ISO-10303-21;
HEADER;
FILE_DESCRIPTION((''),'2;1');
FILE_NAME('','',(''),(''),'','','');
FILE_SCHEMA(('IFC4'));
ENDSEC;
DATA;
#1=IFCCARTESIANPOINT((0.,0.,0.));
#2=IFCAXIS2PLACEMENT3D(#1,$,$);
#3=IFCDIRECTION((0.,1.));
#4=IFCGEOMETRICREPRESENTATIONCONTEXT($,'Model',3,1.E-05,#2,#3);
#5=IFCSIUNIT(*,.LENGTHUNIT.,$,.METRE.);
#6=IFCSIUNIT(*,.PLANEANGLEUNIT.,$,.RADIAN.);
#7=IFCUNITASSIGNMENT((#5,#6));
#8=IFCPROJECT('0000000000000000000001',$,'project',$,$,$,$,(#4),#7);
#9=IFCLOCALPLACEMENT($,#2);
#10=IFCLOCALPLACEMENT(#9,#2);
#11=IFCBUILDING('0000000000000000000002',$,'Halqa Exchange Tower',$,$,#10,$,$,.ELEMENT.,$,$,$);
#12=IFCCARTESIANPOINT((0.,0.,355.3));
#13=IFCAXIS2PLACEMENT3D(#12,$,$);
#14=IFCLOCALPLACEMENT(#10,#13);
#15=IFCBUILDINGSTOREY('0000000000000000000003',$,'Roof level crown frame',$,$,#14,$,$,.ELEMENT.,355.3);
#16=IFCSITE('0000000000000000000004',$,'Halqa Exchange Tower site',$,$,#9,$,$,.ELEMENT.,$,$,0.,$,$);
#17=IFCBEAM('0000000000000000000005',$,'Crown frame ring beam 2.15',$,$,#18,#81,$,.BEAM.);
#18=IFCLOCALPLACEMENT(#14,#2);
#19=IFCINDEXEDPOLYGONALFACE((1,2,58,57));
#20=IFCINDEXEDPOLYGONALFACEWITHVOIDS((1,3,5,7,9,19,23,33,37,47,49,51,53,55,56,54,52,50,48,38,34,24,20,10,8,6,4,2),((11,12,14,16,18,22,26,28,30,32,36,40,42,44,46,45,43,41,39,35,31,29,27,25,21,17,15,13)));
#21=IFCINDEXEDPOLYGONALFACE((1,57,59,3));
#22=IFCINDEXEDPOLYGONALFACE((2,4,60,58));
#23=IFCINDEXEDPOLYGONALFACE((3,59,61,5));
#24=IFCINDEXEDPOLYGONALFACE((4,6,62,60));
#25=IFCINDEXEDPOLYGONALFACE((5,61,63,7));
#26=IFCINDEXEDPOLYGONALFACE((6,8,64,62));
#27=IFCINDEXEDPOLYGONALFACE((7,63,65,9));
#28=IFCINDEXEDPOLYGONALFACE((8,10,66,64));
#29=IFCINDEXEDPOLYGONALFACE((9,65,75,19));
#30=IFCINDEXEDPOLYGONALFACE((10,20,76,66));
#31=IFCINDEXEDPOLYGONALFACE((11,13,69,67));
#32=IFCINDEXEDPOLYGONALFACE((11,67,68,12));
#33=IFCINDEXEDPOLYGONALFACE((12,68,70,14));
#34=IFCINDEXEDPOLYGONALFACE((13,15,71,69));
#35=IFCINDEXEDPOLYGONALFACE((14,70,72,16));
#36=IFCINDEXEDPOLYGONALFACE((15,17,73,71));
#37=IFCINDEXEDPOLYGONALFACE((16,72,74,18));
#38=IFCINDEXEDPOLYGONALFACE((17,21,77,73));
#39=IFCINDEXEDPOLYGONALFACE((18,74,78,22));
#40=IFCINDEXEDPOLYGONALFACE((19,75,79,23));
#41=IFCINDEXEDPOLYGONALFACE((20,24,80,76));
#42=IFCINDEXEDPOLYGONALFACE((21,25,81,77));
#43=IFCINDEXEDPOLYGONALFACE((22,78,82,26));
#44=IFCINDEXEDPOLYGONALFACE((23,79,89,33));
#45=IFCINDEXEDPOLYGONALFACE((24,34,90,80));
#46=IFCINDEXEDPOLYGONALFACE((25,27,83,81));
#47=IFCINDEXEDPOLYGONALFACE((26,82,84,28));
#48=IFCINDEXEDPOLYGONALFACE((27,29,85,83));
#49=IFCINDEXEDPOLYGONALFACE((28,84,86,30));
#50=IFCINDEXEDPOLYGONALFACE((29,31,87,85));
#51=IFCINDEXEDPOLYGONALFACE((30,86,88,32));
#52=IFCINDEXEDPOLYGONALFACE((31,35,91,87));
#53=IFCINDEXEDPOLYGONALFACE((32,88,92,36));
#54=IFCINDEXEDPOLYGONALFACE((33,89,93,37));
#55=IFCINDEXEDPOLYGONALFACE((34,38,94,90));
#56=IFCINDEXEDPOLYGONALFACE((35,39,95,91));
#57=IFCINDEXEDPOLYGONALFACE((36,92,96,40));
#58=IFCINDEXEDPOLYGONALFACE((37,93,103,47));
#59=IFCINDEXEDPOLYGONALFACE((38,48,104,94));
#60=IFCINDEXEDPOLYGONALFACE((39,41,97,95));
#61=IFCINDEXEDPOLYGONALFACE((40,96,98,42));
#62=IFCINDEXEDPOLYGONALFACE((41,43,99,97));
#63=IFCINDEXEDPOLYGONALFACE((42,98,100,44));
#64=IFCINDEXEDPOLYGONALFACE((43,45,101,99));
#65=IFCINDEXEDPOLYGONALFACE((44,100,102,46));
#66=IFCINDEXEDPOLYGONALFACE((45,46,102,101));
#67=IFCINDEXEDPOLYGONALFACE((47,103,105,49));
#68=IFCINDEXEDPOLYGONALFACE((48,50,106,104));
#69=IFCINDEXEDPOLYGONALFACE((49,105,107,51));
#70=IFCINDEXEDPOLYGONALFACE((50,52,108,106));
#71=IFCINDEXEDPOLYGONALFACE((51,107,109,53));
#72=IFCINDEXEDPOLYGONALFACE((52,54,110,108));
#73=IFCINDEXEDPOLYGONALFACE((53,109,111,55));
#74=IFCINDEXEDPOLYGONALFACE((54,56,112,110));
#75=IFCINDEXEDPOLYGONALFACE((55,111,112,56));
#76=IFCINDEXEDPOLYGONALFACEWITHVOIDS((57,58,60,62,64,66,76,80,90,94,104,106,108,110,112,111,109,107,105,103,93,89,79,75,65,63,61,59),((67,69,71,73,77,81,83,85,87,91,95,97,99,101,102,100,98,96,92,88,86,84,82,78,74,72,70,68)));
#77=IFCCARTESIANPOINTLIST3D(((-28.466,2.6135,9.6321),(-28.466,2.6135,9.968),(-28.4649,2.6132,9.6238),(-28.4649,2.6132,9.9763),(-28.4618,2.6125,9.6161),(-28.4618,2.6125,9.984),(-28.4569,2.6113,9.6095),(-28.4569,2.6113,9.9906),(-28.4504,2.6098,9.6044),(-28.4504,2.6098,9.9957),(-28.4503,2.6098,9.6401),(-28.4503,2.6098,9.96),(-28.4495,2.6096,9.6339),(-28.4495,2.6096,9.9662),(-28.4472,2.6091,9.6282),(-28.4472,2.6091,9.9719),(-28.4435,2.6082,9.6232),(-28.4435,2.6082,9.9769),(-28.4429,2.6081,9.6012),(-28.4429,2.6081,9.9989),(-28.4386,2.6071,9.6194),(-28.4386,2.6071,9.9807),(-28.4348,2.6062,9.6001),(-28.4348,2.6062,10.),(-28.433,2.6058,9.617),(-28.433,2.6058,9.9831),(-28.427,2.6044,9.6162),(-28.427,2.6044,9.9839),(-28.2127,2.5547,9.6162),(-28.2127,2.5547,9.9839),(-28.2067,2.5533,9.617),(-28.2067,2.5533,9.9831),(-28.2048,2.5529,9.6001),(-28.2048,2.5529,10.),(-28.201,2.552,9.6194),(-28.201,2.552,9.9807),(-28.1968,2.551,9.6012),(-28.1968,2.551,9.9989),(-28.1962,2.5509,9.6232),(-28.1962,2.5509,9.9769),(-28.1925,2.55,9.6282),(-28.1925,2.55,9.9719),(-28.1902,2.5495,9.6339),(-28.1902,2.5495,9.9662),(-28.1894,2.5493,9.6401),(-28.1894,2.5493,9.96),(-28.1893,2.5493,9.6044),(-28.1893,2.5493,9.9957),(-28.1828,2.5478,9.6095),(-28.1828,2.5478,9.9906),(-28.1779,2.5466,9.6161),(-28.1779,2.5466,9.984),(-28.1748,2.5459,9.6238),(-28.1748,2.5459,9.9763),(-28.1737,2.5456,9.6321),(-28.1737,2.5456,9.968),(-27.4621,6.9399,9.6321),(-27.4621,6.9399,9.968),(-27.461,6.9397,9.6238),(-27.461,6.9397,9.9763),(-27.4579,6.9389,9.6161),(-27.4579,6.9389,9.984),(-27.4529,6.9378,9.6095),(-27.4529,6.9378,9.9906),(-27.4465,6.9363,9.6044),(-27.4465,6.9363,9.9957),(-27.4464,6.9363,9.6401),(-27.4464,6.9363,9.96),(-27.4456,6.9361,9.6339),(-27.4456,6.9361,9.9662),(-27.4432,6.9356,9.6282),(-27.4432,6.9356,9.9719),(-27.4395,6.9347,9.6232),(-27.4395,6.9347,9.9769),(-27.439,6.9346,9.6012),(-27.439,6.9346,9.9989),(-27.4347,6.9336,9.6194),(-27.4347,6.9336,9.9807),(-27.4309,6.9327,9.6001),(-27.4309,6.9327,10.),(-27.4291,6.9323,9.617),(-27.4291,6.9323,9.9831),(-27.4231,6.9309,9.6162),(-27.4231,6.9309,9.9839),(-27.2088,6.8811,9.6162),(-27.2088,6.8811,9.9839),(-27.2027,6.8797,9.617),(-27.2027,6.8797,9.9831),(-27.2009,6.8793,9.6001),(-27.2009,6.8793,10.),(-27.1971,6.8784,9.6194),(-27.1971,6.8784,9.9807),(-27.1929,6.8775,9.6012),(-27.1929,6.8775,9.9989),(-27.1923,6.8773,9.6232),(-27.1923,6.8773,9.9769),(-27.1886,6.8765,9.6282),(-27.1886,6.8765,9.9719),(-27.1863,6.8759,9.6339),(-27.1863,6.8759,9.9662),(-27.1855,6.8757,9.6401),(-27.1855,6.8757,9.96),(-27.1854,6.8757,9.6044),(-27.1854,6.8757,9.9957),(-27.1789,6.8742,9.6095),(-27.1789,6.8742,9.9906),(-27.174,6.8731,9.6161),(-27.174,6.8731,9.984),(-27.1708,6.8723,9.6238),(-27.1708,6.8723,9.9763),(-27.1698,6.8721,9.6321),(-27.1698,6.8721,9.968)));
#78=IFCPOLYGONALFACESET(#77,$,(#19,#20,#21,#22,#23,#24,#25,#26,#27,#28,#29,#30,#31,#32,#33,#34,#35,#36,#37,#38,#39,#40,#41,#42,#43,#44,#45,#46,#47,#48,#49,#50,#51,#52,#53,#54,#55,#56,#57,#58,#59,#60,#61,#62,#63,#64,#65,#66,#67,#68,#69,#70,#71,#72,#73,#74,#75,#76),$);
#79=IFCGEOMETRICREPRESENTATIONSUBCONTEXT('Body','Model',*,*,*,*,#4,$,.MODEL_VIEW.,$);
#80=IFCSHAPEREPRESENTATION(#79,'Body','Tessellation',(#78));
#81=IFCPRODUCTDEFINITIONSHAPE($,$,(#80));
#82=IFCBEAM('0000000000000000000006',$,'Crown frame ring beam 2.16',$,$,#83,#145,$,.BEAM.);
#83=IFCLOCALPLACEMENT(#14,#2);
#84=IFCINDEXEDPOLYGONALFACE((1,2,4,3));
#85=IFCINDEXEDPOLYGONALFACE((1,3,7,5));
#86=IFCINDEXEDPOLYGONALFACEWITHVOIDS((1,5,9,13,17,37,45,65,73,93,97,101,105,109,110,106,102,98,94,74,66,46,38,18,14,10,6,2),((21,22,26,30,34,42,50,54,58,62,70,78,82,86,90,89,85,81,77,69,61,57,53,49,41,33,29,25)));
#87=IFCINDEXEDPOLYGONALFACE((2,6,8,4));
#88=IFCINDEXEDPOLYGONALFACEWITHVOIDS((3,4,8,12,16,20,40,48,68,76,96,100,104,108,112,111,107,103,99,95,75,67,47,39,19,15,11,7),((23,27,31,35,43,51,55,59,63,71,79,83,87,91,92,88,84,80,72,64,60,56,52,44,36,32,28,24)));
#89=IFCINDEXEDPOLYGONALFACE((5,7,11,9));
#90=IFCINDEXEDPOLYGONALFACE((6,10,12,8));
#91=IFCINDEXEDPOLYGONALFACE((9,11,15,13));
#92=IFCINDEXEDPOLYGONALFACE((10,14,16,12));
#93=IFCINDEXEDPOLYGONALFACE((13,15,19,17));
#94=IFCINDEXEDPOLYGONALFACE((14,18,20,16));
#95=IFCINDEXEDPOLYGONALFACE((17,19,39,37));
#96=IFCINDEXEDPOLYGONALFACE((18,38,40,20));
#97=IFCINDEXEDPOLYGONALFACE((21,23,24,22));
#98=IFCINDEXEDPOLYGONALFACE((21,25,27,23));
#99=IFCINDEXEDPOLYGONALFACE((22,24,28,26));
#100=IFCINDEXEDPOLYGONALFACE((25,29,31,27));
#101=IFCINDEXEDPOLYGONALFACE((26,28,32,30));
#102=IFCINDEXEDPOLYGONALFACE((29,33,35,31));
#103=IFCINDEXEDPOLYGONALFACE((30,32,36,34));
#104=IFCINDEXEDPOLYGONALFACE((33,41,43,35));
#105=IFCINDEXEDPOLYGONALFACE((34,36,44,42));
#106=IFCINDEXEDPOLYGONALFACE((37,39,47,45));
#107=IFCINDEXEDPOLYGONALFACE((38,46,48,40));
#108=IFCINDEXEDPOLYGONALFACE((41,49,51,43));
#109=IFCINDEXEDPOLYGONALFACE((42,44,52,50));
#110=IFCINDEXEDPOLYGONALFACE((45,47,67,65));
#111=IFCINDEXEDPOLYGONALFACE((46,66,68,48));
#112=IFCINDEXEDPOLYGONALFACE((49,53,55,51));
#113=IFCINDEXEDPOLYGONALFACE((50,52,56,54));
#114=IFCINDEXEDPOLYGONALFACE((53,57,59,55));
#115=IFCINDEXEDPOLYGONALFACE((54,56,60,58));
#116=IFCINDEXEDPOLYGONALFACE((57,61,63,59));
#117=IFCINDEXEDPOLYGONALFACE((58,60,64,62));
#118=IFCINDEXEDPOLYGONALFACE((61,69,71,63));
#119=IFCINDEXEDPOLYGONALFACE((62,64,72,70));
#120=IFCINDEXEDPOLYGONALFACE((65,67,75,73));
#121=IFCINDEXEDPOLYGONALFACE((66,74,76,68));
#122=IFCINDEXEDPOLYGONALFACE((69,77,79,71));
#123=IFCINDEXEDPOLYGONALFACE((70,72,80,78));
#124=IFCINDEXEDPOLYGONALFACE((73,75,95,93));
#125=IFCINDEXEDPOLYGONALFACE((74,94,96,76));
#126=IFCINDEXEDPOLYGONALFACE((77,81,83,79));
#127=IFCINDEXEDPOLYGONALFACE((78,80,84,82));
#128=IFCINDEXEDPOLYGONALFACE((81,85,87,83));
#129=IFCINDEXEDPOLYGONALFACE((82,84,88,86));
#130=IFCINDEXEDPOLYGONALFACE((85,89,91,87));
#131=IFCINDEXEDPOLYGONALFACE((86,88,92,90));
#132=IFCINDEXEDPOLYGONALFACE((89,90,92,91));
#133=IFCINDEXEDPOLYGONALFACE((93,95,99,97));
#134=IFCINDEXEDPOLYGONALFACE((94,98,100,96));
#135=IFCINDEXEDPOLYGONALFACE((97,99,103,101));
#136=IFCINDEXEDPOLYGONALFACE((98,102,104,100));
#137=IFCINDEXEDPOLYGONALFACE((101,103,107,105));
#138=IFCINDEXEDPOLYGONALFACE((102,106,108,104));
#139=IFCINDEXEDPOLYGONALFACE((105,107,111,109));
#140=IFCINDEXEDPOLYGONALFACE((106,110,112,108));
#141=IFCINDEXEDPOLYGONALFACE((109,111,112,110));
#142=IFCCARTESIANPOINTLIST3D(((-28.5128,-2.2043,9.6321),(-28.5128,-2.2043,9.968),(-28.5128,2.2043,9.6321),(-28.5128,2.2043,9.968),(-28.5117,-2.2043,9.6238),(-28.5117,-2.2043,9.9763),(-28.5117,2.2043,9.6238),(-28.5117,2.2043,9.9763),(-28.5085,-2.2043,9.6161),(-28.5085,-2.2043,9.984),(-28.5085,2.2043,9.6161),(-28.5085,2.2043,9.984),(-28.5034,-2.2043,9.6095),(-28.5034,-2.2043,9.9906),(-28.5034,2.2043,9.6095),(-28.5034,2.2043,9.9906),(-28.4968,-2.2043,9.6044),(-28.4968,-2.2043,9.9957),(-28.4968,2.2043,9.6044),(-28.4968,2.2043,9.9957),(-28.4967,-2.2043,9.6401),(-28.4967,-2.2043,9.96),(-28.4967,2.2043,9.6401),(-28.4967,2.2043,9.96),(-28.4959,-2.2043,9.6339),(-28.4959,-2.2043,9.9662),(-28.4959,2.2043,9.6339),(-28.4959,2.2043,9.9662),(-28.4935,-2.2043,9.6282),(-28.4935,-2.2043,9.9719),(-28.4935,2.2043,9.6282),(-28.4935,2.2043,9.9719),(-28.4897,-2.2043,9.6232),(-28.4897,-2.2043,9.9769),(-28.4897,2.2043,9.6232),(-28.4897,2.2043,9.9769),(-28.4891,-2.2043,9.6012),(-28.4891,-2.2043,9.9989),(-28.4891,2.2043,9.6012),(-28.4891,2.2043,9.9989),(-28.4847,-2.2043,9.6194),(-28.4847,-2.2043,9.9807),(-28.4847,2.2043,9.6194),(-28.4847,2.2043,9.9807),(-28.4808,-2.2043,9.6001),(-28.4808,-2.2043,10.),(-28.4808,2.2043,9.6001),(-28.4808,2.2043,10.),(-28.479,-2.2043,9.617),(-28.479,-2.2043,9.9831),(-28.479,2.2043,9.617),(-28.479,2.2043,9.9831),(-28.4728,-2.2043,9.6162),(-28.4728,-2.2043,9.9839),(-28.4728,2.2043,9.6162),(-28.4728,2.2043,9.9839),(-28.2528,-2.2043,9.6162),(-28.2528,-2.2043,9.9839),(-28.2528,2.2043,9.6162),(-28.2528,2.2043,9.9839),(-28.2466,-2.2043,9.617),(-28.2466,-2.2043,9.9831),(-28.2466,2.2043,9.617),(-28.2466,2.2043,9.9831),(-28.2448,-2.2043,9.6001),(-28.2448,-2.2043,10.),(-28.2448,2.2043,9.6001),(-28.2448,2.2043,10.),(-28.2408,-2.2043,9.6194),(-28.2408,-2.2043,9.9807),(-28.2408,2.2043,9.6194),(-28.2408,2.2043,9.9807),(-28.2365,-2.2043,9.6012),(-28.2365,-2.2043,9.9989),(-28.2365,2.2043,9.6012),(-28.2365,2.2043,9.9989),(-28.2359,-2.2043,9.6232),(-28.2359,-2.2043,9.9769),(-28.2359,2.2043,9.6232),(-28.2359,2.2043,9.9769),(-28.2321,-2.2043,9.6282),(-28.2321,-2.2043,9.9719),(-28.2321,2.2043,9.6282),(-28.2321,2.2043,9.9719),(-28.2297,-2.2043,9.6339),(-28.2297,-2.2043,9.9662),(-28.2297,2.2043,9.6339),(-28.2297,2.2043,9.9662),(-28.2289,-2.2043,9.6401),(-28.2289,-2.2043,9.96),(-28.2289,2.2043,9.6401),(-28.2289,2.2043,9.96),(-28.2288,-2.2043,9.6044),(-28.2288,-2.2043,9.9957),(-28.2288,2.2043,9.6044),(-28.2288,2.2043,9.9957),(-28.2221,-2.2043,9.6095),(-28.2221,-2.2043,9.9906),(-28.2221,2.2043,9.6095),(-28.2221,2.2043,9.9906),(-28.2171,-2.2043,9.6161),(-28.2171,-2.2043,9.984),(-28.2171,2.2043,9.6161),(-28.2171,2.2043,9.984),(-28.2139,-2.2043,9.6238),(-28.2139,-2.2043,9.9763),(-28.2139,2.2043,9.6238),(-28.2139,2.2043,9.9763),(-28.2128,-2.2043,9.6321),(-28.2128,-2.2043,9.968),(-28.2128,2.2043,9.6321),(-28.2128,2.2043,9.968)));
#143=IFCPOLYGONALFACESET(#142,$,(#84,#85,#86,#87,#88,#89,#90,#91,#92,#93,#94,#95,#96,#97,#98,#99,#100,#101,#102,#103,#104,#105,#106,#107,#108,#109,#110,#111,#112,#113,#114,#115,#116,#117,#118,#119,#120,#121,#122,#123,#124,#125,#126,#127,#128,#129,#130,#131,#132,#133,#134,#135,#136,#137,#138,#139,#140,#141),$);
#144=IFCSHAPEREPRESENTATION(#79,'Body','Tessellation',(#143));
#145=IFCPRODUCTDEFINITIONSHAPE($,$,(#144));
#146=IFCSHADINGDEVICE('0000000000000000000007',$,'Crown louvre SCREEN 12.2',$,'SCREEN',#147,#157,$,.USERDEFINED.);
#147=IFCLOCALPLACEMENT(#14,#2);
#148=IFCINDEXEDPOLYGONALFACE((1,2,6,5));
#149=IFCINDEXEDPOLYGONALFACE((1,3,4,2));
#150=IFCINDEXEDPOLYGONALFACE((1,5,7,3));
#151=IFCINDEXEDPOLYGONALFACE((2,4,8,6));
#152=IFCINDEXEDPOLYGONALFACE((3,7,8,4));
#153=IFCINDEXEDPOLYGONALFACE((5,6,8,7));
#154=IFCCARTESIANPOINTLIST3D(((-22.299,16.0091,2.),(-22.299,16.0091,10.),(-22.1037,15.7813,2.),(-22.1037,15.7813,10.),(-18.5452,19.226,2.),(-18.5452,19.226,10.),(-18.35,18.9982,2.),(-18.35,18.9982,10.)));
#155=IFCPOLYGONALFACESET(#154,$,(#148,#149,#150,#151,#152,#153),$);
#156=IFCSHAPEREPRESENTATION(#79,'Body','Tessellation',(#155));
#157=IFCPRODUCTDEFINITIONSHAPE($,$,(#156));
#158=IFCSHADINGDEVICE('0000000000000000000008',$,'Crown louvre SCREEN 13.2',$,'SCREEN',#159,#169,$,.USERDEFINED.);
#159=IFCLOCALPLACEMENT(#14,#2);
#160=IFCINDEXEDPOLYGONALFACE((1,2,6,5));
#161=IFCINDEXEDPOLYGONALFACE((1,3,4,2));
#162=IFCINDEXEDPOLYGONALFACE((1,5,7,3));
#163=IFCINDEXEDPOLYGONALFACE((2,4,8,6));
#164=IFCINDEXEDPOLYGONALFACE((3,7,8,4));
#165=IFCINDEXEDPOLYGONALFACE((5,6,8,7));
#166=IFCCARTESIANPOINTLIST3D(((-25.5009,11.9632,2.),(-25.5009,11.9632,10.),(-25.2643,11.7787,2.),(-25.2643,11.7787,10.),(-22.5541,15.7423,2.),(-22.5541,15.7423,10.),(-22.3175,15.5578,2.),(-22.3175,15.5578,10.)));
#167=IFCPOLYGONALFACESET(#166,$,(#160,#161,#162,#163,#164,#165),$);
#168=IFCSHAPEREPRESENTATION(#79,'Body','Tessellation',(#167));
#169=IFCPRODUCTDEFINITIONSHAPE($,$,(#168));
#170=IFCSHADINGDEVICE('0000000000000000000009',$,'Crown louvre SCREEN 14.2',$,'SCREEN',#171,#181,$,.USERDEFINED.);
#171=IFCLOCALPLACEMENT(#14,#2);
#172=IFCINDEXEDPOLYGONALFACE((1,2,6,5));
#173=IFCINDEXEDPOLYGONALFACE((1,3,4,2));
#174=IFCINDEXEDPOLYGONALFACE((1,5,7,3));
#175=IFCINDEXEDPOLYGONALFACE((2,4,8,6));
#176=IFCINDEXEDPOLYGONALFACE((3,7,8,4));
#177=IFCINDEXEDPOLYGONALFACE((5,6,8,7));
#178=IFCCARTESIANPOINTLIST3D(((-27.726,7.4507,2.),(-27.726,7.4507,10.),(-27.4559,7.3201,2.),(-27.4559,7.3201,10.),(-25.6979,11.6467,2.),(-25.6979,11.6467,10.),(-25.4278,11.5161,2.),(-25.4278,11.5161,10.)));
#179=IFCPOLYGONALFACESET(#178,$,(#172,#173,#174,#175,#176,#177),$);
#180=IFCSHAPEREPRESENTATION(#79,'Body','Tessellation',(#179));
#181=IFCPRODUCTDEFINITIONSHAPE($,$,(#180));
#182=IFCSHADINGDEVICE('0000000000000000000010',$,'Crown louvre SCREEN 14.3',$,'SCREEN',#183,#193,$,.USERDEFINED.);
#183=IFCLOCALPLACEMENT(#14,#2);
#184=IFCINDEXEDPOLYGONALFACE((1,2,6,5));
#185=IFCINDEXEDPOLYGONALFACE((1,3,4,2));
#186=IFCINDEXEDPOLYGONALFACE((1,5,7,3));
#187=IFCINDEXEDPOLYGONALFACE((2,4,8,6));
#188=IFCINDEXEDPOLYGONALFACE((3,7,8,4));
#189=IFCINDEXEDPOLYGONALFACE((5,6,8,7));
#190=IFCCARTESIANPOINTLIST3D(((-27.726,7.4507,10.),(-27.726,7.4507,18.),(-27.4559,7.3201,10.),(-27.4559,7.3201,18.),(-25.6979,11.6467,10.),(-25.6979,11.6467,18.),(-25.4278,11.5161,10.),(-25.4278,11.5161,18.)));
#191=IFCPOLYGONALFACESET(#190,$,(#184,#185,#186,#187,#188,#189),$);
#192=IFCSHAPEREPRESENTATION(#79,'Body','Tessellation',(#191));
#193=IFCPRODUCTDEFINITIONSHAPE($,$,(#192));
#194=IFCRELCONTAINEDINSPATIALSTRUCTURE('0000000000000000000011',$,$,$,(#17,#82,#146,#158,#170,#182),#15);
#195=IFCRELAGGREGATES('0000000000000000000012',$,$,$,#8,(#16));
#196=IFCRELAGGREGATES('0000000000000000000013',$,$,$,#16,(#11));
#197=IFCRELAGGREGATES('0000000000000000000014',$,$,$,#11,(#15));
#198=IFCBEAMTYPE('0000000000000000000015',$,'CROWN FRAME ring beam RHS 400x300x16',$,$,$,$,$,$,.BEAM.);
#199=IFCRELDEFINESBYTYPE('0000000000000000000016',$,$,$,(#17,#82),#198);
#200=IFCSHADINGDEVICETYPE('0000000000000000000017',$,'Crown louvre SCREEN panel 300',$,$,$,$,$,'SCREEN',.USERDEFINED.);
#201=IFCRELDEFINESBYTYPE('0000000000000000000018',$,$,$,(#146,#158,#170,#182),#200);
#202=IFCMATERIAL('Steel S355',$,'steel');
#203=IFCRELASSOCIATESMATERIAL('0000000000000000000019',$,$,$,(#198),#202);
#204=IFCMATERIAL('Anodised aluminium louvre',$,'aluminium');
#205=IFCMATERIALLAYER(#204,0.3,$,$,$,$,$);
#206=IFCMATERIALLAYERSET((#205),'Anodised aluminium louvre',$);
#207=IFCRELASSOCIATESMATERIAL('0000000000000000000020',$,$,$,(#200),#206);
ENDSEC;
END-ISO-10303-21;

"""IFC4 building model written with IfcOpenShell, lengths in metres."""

from ifc_helpers import new_model, si_unit, direction, frame, origin, origin_2d, place, context, subcontext, project, spatial, rectangle, hollow_rectangle, extrude, material, layer, layer_set, material_profile, profile_set, type_object, element, save


model = new_model("IFC4")

# Units and contexts
model_context = context("Model", 3, precision=1e-05, world=origin(), true_north=direction((0.0, 1.0)))
body_context = subcontext(model_context, "Body", "Model", "MODEL_VIEW")
ifc_project = project(units=[si_unit("LENGTHUNIT", "METRE"), si_unit("PLANEANGLEUNIT", "RADIAN")], contexts=[model_context])

# Site, building, storey
site_placement = place(None, origin())
site = spatial("IfcSite", under=ifc_project, at=site_placement, Name="Halqa Exchange Tower site", CompositionType="ELEMENT", RefElevation=0.0)
building_placement = place(site_placement, origin())
building = spatial("IfcBuilding", under=site, at=building_placement, Name="Halqa Exchange Tower", CompositionType="ELEMENT")
storey_placement = place(building_placement, frame((0.0, 0.0, 355.3)))
storey = spatial("IfcBuildingStorey", under=building, at=storey_placement, Name="Roof level crown frame", CompositionType="ELEMENT", Elevation=355.3)

# Shared definitions
ifc_material_1 = material(Name="Steel S355", Category="steel")

# Beams
ifc_material_profile_1 = material_profile(ifc_material_1, hollow_rectangle(XDim=0.3, YDim=0.3999, WallThickness=0.0161, InnerFilletRadius=0.0239, OuterFilletRadius=0.032, at=origin_2d()), Name="RHS 400x300x16")
ifc_profile_set_1 = profile_set([ifc_material_profile_1], Name="Steel S355")
beam_type = type_object("IfcBeamType", Name="CROWN FRAME ring beam RHS 400x300x16", PredefinedType="BEAM", material=ifc_profile_set_1)
beam_1_placement = place(storey_placement, frame((-27.3159, 6.906, 9.8), z_axis=(-0.226036, -0.974119, 0.0), x_axis=(0.974119, -0.226036, 0.0)))
element("IfcBeam", 1, at=beam_1_placement, inside=storey, type_object=beam_type, Name="Crown frame ring beam 2.15", PredefinedType="BEAM", context=body_context, shape_type="SweptSolid", body=[
    extrude(hollow_rectangle(XDim=0.3, YDim=0.3999, WallThickness=0.0161, InnerFilletRadius=0.0239, OuterFilletRadius=0.032, at=origin_2d()), origin(), (0.0, 0.0, 1.0), 4.4414),
])
beam_2_placement = place(storey_placement, frame((-28.3628, 2.2043, 9.8), z_axis=(0.0, -1.0, 0.0), x_axis=(1.0, 0.0, 0.0)))
element("IfcBeam", 2, at=beam_2_placement, inside=storey, type_object=beam_type, Name="Crown frame ring beam 2.16", PredefinedType="BEAM", context=body_context, shape_type="SweptSolid", body=[
    extrude(hollow_rectangle(XDim=0.3, YDim=0.3999, WallThickness=0.0161, InnerFilletRadius=0.0239, OuterFilletRadius=0.032, at=origin_2d()), origin(), (0.0, 0.0, 1.0), 4.4087),
])

# Shading devices
ifc_material_2 = material(Name="Anodised aluminium louvre", Category="aluminium")
ifc_layer = layer(ifc_material_2, 0.3)
ifc_layer_set = layer_set([ifc_layer], Name="Anodised aluminium louvre")
shading_device_type = type_object("IfcShadingDeviceType", Name="Crown louvre SCREEN panel 300", ElementType="SCREEN", PredefinedType="USERDEFINED", material=ifc_layer_set)
shading_device_1_placement = place(storey_placement, frame((-20.3245, 17.5037, 2.0), z_axis=(0.0, 0.0, 1.0), x_axis=(-0.759318, -0.65072, 0.0)))
element("IfcShadingDevice", 3, at=shading_device_1_placement, inside=storey, type_object=shading_device_type, Name="Crown louvre SCREEN 12.2", ObjectType="SCREEN", PredefinedType="USERDEFINED", context=body_context, shape_type="SweptSolid", body=[
    extrude(rectangle(XDim=4.9436, YDim=0.3, at=origin_2d()), origin(), (0.0, 0.0, 1.0), 8.0),
])
shading_device_2_placement = place(storey_placement, frame((-23.9092, 13.7605, 2.0), z_axis=(0.0, 0.0, 1.0), x_axis=(-0.614908, -0.788599, 0.0)))
element("IfcShadingDevice", 4, at=shading_device_2_placement, inside=storey, type_object=shading_device_type, Name="Crown louvre SCREEN 13.2", ObjectType="SCREEN", PredefinedType="USERDEFINED", context=body_context, shape_type="SweptSolid", body=[
    extrude(rectangle(XDim=4.7922, YDim=0.3, at=origin_2d()), origin(), (0.0, 0.0, 1.0), 8.0),
])
for number, where, z_axis, x_axis, name in (
    (5, (-26.5769, 9.4834, 2.0), (0.0, 0.0, 1.0), (-0.435179, -0.900344, 0.0), "Crown louvre SCREEN 14.2"),
    (6, (-26.5769, 9.4834, 10.0), (0.0, 0.0, 1.0), (-0.435179, -0.900344, 0.0), "Crown louvre SCREEN 14.3"),
):
    element("IfcShadingDevice", number, at=place(storey_placement, frame(where, z_axis=z_axis, x_axis=x_axis)), inside=storey, type_object=shading_device_type, Name=name, ObjectType="SCREEN", PredefinedType="USERDEFINED", context=body_context, shape_type="SweptSolid", body=[
        extrude(rectangle(XDim=4.6604, YDim=0.3, at=origin_2d()), origin(), (0.0, 0.0, 1.0), 8.0),
    ])

save(model, "model.ifc")
